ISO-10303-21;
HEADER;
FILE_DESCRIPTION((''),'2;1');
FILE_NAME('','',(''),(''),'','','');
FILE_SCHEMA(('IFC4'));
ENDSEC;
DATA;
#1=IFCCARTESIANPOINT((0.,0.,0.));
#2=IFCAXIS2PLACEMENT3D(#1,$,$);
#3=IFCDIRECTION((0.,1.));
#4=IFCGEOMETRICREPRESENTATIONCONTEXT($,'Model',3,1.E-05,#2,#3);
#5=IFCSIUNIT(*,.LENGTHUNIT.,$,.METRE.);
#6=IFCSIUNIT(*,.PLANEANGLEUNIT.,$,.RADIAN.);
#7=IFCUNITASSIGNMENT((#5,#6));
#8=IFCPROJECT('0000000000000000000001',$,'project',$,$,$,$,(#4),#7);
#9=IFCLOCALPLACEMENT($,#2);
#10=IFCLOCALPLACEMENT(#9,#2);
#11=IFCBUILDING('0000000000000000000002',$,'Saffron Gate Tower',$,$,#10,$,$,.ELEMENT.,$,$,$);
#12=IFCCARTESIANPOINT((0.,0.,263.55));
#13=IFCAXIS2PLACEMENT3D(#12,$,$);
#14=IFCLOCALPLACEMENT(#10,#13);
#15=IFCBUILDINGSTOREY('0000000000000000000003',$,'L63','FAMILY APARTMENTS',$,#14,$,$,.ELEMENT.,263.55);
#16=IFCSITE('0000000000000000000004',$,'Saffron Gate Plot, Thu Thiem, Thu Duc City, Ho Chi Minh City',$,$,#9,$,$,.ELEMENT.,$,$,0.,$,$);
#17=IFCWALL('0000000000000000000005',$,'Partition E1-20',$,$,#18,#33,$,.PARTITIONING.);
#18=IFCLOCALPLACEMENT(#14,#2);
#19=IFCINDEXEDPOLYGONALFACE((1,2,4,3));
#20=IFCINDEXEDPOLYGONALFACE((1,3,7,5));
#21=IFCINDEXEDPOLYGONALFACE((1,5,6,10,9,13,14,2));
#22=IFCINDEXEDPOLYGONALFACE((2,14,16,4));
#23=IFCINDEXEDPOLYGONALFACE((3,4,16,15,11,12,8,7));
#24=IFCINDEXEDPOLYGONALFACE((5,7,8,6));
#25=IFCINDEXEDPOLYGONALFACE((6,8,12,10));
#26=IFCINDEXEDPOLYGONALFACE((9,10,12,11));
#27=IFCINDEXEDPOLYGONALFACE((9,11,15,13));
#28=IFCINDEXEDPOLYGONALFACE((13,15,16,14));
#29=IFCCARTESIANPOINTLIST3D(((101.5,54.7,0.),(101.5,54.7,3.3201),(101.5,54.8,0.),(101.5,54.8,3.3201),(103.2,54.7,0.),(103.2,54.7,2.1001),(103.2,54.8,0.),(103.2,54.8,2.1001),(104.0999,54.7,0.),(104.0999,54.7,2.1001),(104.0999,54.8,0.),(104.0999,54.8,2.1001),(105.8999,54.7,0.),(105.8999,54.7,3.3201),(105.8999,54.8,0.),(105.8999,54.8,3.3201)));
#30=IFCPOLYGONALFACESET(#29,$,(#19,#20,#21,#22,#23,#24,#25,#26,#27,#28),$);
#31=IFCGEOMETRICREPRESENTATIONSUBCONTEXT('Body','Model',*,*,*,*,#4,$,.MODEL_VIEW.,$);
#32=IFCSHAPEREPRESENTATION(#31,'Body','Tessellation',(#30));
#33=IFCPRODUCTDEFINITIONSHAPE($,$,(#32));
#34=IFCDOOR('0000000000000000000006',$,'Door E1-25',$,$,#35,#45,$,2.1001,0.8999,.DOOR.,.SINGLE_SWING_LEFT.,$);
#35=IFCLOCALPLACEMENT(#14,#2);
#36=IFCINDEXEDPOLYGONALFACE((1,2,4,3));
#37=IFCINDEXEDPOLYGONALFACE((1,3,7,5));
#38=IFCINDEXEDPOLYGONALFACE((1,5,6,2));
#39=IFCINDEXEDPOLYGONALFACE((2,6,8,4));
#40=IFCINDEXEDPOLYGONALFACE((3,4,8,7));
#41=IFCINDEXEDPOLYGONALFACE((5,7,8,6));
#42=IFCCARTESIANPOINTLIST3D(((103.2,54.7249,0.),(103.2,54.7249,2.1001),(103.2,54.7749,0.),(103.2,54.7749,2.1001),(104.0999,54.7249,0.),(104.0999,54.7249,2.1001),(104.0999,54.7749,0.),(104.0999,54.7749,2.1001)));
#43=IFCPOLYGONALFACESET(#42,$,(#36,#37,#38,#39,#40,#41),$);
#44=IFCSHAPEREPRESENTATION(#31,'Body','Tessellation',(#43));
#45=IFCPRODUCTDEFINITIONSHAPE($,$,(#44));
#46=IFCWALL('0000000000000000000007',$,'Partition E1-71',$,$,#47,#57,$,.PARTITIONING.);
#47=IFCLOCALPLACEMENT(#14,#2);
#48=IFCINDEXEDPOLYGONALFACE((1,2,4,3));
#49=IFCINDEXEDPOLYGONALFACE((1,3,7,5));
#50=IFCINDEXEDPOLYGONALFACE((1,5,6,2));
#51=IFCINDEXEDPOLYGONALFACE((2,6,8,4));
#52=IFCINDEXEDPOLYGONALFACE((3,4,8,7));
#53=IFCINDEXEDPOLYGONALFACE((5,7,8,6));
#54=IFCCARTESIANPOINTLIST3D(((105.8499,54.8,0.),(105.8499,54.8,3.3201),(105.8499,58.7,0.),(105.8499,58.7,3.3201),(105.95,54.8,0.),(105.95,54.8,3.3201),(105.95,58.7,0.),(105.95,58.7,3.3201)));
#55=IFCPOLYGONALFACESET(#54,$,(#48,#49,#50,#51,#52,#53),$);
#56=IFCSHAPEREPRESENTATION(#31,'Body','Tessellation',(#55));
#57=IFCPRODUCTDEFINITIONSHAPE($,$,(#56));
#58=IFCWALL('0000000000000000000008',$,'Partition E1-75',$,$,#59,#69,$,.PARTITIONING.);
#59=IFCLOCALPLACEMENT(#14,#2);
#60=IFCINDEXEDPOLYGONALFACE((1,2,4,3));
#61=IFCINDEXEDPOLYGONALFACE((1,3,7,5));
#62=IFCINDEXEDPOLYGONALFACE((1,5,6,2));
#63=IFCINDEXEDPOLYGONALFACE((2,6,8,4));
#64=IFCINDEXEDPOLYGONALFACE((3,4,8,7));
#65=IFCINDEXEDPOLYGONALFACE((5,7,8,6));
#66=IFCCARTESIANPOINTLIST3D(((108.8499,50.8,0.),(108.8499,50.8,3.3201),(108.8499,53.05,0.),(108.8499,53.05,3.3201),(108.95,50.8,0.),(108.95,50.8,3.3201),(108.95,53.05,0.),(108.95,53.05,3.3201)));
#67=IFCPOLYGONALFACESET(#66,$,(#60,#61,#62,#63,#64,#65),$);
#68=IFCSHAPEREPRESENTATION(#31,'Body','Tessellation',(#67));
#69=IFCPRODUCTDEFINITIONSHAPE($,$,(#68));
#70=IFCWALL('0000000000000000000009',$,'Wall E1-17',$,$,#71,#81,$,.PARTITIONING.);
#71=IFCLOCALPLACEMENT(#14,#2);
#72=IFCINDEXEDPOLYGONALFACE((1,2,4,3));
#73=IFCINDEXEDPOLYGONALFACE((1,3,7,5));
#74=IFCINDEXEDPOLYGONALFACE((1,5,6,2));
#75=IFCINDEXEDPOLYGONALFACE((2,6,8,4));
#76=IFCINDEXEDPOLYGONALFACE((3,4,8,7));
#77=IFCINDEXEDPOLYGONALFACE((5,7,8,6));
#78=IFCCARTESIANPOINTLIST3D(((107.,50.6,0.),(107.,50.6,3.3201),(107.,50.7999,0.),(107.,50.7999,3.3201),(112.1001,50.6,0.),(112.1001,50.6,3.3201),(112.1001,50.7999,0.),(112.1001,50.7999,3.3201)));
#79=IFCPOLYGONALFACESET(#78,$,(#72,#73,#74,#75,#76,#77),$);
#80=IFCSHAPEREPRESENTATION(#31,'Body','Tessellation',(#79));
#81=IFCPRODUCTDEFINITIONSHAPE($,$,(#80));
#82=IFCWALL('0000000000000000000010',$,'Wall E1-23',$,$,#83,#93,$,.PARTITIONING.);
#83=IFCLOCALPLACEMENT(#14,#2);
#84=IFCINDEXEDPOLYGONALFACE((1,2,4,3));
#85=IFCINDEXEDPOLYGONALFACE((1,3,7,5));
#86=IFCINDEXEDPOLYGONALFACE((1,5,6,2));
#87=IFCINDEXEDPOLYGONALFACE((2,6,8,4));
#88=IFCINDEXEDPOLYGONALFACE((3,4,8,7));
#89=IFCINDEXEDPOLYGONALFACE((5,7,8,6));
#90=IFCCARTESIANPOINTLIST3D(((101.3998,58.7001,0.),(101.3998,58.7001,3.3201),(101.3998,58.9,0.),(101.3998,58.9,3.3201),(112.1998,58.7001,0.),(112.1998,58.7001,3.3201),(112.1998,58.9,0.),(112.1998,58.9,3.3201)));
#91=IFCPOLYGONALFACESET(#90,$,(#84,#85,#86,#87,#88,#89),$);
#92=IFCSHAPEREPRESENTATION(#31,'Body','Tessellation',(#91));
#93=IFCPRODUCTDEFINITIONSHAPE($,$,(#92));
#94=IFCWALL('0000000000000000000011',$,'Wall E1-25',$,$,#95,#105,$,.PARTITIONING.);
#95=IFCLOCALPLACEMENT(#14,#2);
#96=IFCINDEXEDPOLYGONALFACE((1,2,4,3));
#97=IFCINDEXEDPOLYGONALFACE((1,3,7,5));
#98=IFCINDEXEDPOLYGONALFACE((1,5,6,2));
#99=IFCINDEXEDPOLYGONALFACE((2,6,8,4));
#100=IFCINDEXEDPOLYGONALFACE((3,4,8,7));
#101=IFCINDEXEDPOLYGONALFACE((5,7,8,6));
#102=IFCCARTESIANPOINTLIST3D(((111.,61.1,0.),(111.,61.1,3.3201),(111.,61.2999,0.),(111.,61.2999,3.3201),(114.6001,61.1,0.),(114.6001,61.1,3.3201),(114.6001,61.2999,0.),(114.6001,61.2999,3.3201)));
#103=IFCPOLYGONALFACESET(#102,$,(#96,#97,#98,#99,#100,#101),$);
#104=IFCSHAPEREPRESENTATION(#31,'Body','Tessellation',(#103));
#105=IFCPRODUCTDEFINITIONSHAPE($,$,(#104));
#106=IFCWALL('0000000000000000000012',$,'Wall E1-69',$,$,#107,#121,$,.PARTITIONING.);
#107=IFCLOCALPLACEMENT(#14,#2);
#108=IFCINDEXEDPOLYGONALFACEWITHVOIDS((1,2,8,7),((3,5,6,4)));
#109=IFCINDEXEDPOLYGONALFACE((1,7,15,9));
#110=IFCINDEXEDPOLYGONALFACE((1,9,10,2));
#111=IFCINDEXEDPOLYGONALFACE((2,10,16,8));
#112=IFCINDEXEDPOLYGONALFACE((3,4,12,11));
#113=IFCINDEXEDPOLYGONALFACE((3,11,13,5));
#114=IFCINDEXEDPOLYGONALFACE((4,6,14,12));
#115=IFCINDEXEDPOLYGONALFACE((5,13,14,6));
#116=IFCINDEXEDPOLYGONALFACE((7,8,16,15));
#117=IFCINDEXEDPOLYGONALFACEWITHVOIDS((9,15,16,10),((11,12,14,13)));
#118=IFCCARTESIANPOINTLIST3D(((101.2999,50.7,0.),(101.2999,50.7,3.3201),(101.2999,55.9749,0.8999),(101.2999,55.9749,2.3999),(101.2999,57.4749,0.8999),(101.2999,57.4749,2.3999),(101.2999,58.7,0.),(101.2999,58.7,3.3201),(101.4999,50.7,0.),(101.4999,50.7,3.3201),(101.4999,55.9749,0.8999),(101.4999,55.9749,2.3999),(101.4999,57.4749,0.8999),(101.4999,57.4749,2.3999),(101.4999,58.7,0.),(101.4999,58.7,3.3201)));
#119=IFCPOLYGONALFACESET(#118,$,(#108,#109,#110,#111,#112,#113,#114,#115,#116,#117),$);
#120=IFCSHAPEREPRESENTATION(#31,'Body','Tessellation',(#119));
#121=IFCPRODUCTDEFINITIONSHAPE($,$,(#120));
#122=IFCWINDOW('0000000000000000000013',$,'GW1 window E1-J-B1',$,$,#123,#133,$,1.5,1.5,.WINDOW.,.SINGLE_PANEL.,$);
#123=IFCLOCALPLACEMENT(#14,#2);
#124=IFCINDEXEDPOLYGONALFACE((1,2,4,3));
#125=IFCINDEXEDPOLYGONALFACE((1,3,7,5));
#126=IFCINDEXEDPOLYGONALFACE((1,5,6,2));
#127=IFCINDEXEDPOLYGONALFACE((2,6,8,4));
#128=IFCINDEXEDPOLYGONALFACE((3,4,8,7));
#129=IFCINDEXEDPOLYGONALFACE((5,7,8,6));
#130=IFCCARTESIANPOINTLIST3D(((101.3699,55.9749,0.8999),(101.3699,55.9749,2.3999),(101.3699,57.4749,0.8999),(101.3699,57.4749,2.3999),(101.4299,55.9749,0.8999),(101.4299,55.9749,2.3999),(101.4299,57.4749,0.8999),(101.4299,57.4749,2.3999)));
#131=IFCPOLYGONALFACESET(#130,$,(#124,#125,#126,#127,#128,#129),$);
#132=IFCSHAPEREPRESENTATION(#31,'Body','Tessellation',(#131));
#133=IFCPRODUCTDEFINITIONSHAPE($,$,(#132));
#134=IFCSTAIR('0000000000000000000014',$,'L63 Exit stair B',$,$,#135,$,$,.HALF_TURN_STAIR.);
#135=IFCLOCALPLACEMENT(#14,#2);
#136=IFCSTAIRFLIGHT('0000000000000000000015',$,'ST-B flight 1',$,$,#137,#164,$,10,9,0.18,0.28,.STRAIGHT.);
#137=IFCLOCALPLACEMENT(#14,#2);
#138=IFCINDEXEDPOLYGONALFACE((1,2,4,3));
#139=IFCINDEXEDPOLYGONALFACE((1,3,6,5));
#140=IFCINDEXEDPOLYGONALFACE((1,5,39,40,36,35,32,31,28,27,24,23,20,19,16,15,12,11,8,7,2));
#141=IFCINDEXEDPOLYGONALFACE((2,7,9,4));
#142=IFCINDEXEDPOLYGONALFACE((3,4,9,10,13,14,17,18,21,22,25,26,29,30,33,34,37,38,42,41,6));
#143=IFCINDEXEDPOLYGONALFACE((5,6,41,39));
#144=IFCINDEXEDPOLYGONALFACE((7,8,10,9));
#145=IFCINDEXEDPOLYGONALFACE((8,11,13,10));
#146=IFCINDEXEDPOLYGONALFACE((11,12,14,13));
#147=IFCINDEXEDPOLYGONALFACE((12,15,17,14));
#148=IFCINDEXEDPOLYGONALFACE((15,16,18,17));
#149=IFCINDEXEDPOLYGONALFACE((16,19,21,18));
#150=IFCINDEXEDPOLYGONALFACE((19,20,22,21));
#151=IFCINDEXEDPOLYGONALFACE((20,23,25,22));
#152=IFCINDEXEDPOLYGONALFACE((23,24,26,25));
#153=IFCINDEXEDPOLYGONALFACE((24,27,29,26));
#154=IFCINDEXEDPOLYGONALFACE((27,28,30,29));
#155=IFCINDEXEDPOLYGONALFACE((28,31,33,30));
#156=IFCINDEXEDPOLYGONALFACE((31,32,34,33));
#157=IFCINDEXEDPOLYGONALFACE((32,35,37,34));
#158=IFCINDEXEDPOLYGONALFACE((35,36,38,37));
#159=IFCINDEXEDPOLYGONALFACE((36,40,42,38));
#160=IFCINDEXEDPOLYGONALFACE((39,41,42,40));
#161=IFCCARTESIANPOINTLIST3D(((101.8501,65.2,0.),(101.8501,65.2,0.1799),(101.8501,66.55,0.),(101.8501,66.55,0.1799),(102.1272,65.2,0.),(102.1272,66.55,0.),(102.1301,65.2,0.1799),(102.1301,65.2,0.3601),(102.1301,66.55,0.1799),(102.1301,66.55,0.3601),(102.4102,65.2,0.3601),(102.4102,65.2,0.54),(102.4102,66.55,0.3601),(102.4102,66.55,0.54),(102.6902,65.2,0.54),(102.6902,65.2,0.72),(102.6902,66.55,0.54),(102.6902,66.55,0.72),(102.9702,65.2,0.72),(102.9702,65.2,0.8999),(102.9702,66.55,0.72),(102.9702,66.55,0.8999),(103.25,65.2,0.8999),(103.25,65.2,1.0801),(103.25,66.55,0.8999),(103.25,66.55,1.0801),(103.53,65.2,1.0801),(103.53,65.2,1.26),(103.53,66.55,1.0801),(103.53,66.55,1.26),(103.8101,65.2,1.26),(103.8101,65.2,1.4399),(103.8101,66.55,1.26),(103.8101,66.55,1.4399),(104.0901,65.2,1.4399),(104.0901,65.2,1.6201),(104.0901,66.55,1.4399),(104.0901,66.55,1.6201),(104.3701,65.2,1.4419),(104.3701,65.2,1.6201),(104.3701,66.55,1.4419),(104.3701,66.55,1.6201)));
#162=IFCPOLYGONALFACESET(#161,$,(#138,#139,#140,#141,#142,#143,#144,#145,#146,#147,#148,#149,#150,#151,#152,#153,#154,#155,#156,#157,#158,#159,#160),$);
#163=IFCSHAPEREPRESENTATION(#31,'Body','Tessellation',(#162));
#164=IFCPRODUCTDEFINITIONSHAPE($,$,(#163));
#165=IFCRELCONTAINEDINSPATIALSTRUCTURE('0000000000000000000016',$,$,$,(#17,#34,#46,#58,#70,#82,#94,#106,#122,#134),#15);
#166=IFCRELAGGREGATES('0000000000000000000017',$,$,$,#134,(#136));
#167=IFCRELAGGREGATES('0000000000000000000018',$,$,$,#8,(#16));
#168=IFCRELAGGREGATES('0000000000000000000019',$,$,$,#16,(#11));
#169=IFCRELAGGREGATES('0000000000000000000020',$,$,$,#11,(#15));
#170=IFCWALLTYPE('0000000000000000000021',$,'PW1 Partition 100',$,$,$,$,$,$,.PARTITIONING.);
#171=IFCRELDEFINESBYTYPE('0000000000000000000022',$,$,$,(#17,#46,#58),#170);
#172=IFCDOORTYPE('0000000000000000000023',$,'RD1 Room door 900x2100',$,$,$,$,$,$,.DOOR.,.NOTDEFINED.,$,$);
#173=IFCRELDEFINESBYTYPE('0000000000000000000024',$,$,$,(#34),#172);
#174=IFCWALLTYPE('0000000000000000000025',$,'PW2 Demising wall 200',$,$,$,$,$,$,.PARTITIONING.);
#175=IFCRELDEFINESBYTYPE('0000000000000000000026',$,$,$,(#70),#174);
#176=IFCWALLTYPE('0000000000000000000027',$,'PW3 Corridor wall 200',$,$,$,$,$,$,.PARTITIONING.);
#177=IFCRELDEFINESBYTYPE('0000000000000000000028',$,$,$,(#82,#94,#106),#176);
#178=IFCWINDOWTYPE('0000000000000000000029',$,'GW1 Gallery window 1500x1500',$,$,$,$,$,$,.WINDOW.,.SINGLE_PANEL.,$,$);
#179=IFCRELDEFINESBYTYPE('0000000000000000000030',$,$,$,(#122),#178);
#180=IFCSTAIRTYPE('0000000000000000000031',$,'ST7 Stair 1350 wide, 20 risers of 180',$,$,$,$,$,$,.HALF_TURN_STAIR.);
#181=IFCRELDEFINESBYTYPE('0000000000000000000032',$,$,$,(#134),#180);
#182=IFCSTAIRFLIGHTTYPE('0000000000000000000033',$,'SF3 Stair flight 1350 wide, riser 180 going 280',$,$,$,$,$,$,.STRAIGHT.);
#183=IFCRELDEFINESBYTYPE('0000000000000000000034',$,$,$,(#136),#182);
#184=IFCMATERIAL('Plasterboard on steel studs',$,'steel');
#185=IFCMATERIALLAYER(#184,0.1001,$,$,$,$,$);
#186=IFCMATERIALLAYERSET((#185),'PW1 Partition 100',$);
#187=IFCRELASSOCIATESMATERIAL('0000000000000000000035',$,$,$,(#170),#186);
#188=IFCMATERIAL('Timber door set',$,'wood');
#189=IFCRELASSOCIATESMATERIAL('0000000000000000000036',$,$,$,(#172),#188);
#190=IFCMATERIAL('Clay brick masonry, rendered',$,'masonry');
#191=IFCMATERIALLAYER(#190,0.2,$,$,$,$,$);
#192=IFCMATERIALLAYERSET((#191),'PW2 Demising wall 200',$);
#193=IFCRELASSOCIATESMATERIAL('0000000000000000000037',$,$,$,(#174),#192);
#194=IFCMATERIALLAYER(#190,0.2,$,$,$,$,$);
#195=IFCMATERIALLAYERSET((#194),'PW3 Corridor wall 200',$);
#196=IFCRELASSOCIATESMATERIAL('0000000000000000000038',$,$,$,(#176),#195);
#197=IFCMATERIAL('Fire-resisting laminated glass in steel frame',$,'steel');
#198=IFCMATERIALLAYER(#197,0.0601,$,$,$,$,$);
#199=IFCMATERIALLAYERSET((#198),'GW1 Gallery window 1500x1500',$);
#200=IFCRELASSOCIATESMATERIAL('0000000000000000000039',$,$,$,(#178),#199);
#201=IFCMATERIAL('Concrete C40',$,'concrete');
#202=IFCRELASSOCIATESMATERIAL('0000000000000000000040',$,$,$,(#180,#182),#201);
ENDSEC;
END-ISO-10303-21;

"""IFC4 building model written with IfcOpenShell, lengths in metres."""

from ifc_helpers import new_model, si_unit, direction, frame, frame_2d, origin, place, context, subcontext, project, spatial, polyline, rectangle, outline, extrude, material, layer, layer_set, type_object, element, fill, aggregate, save


model = new_model("IFC4")

# Units and contexts
model_context = context("Model", 3, precision=1e-05, world=origin(), true_north=direction((0.0, 1.0)))
body_context = subcontext(model_context, "Body", "Model", "MODEL_VIEW")
ifc_project = project(units=[si_unit("LENGTHUNIT", "METRE"), si_unit("PLANEANGLEUNIT", "RADIAN")], contexts=[model_context])

# Site, building, storey
site_placement = place(None, origin())
site = spatial("IfcSite", under=ifc_project, at=site_placement, Name="Saffron Gate Plot, Thu Thiem, Thu Duc City, Ho Chi Minh City", CompositionType="ELEMENT", RefElevation=0.0)
building_placement = place(site_placement, origin())
building = spatial("IfcBuilding", under=site, at=building_placement, Name="Saffron Gate Tower", CompositionType="ELEMENT")
storey_placement = place(building_placement, frame((0.0, 0.0, 263.55)))
storey = spatial("IfcBuildingStorey", under=building, at=storey_placement, Name="L63", Description="FAMILY APARTMENTS", CompositionType="ELEMENT", Elevation=263.55)

# Shared definitions
ifc_material_1 = material(Name="Concrete C40", Category="concrete")

# Wall, opening, door
ifc_material_2 = material(Name="Plasterboard on steel studs", Category="steel")
ifc_layer_1 = layer(ifc_material_2, 0.1001)
ifc_layer_set_1 = layer_set([ifc_layer_1], Name="PW1 Partition 100")
wall_type_1 = type_object("IfcWallType", Name="PW1 Partition 100", PredefinedType="PARTITIONING", material=ifc_layer_set_1)
wall_1_placement = place(storey_placement, frame((101.5, 54.75, 0.0), z_axis=(0.0, 0.0, 1.0), x_axis=(1.0, 0.0, 0.0)))
wall_1 = element("IfcWall", 1, at=wall_1_placement, inside=storey, type_object=wall_type_1, Name="Partition E1-20", PredefinedType="PARTITIONING", context=body_context, shape_type="SweptSolid", body=[
    extrude(rectangle(XDim=4.3999, YDim=0.1001, at=frame_2d((2.2, 0.0))), origin(), (0.0, 0.0, 1.0), 3.3201),
])
opening_1_placement = place(wall_1_placement, frame((1.7, 0.0, 0.0)))
opening_1 = element("IfcOpeningElement", 2, at=opening_1_placement, cuts=wall_1, PredefinedType="OPENING", context=body_context, shape_type="SweptSolid", body=[
    extrude(rectangle(XDim=0.8999, YDim=2.1001, at=frame_2d((0.45, 1.05))), frame((0.0, 0.0601, 0.0), z_axis=(0.0, -1.0, 0.0), x_axis=(1.0, 0.0, 0.0)), (0.0, 0.0, 1.0), 0.1201),
])
ifc_material_3 = material(Name="Timber door set", Category="wood")
door_type_1 = type_object("IfcDoorType", Name="RD1 Room door 900x2100", OperationType="NOTDEFINED", PredefinedType="DOOR", material=ifc_material_3)
door_1_placement = place(opening_1_placement, origin())
door_1 = element("IfcDoor", 3, at=door_1_placement, inside=storey, type_object=door_type_1, Name="Door E1-25", OperationType="SINGLE_SWING_LEFT", OverallHeight=2.1001, OverallWidth=0.8999, PredefinedType="DOOR", context=body_context, shape_type="SweptSolid", body=[
    extrude(rectangle(XDim=0.8999, YDim=2.1001, at=frame_2d((0.45, 1.05))), frame((0.0, 0.0249, 0.0), z_axis=(0.0, -1.0, 0.0), x_axis=(1.0, 0.0, 0.0)), (0.0, 0.0, 1.0), 0.05),
])
fill(opening_1, door_1)

# Walls
wall_2_placement = place(storey_placement, frame((105.8999, 58.7, 0.0), z_axis=(0.0, 0.0, 1.0), x_axis=(0.0, -1.0, 0.0)))
element("IfcWall", 4, at=wall_2_placement, inside=storey, type_object=wall_type_1, Name="Partition E1-71", PredefinedType="PARTITIONING", context=body_context, shape_type="SweptSolid", body=[
    extrude(rectangle(XDim=3.8999, YDim=0.1001, at=frame_2d((1.95, 0.0))), origin(), (0.0, 0.0, 1.0), 3.3201),
])
wall_3_placement = place(storey_placement, frame((108.8999, 53.05, 0.0), z_axis=(0.0, 0.0, 1.0), x_axis=(0.0, -1.0, 0.0)))
element("IfcWall", 5, at=wall_3_placement, inside=storey, type_object=wall_type_1, Name="Partition E1-75", PredefinedType="PARTITIONING", context=body_context, shape_type="SweptSolid", body=[
    extrude(rectangle(XDim=2.25, YDim=0.1001, at=frame_2d((1.125, 0.0))), origin(), (0.0, 0.0, 1.0), 3.3201),
])
ifc_material_4 = material(Name="Clay brick masonry, rendered", Category="masonry")
ifc_layer_2 = layer(ifc_material_4, 0.2)
ifc_layer_set_2 = layer_set([ifc_layer_2], Name="PW2 Demising wall 200")
wall_type_2 = type_object("IfcWallType", Name="PW2 Demising wall 200", PredefinedType="PARTITIONING", material=ifc_layer_set_2)
wall_4_placement = place(storey_placement, frame((107.0, 50.7, 0.0), z_axis=(0.0, 0.0, 1.0), x_axis=(1.0, 0.0, 0.0)))
element("IfcWall", 6, at=wall_4_placement, inside=storey, type_object=wall_type_2, Name="Wall E1-17", PredefinedType="PARTITIONING", context=body_context, shape_type="SweptSolid", body=[
    extrude(rectangle(XDim=5.1001, YDim=0.2, at=frame_2d((2.55, 0.0))), origin(), (0.0, 0.0, 1.0), 3.3201),
])
ifc_layer_3 = layer(ifc_material_4, 0.2)
ifc_layer_set_3 = layer_set([ifc_layer_3], Name="PW3 Corridor wall 200")
wall_type_3 = type_object("IfcWallType", Name="PW3 Corridor wall 200", PredefinedType="PARTITIONING", material=ifc_layer_set_3)
wall_5_placement = place(storey_placement, frame((101.3999, 58.8, 0.0), z_axis=(0.0, 0.0, 1.0), x_axis=(1.0, 0.0, 0.0)))
element("IfcWall", 7, at=wall_5_placement, inside=storey, type_object=wall_type_3, Name="Wall E1-23", PredefinedType="PARTITIONING", context=body_context, shape_type="SweptSolid", body=[
    extrude(rectangle(XDim=10.8, YDim=0.2, at=frame_2d((5.3999, 0.0))), origin(), (0.0, 0.0, 1.0), 3.3201),
])
wall_6_placement = place(storey_placement, frame((111.0, 61.2, 0.0), z_axis=(0.0, 0.0, 1.0), x_axis=(1.0, 0.0, 0.0)))
element("IfcWall", 8, at=wall_6_placement, inside=storey, type_object=wall_type_3, Name="Wall E1-25", PredefinedType="PARTITIONING", context=body_context, shape_type="SweptSolid", body=[
    extrude(rectangle(XDim=3.6001, YDim=0.2, at=frame_2d((1.8, 0.0))), origin(), (0.0, 0.0, 1.0), 3.3201),
])

# Wall, opening, window
wall_7_placement = place(storey_placement, frame((101.3999, 58.7, 0.0), z_axis=(0.0, 0.0, 1.0), x_axis=(0.0, -1.0, 0.0)))
wall_7 = element("IfcWall", 9, at=wall_7_placement, inside=storey, type_object=wall_type_3, Name="Wall E1-69", PredefinedType="PARTITIONING", context=body_context, shape_type="SweptSolid", body=[
    extrude(rectangle(XDim=8.0, YDim=0.2, at=frame_2d((4.0, 0.0))), origin(), (0.0, 0.0, 1.0), 3.3201),
])
opening_2_placement = place(wall_7_placement, frame((1.2251, 0.0, 0.8999)))
opening_2 = element("IfcOpeningElement", 10, at=opening_2_placement, cuts=wall_7, PredefinedType="OPENING", context=body_context, shape_type="SweptSolid", body=[
    extrude(rectangle(XDim=1.5, YDim=1.5, at=frame_2d((0.75, 0.75))), frame((0.0, 0.1099, 0.0), z_axis=(0.0, -1.0, 0.0), x_axis=(1.0, 0.0, 0.0)), (0.0, 0.0, 1.0), 0.22),
])
ifc_material_5 = material(Name="Fire-resisting laminated glass in steel frame", Category="steel")
ifc_layer_4 = layer(ifc_material_5, 0.0601)
ifc_layer_set_4 = layer_set([ifc_layer_4], Name="GW1 Gallery window 1500x1500")
window_type = type_object("IfcWindowType", Name="GW1 Gallery window 1500x1500", PartitioningType="SINGLE_PANEL", PredefinedType="WINDOW", material=ifc_layer_set_4)
window_placement = place(opening_2_placement, origin())
window = element("IfcWindow", 11, at=window_placement, inside=storey, type_object=window_type, Name="GW1 window E1-J-B1", OverallHeight=1.5, OverallWidth=1.5, PartitioningType="SINGLE_PANEL", PredefinedType="WINDOW", context=body_context, shape_type="SweptSolid", body=[
    extrude(rectangle(XDim=1.5, YDim=1.5, at=frame_2d((0.75, 0.75))), frame((0.0, 0.03, 0.0), z_axis=(0.0, -1.0, 0.0), x_axis=(1.0, 0.0, 0.0)), (0.0, 0.0, 1.0), 0.0601),
])
fill(opening_2, window)

# Stair, stair flight
stair_type = type_object("IfcStairType", Name="ST7 Stair 1350 wide, 20 risers of 180", PredefinedType="HALF_TURN_STAIR", material=ifc_material_1)
stair_placement = place(storey_placement, origin())
stair = element("IfcStair", 12, at=stair_placement, inside=storey, type_object=stair_type, Name="L63 Exit stair B", PredefinedType="HALF_TURN_STAIR")
stair_flight_type = type_object("IfcStairFlightType", Name="SF3 Stair flight 1350 wide, riser 180 going 280", PredefinedType="STRAIGHT", material=ifc_material_1)
stair_flight_1_placement = place(storey_placement, frame((101.8501, 65.875, 0.0), z_axis=(0.0, 0.0, 1.0), x_axis=(1.0, 0.0, 0.0)))
stair_flight_1 = element("IfcStairFlight", 13, at=stair_flight_1_placement, type_object=stair_flight_type, Name="ST-B flight 1", NumberOfRisers=10, NumberOfTreads=9, PredefinedType="STRAIGHT", RiserHeight=0.18, TreadLength=0.28, context=body_context, shape_type="SweptSolid", body=[
    extrude(outline(polyline([(0.0, 0.0), (0.0, 0.1799), (0.28, 0.1799), (0.28, 0.3601), (0.5601, 0.3601), (0.5601, 0.54), (0.8401, 0.54), (0.8401, 0.72), (1.1201, 0.72), (1.1201, 0.8999), (1.3999, 0.8999), (1.3999, 1.0801), (1.6799, 1.0801), (1.6799, 1.26), (1.96, 1.26), (1.96, 1.4399), (2.24, 1.4399), (2.24, 1.6201), (2.52, 1.6201), (2.52, 1.8), (2.52, 1.4419), (0.2771, 0.0), (0.0, 0.0)])), frame((0.0, 0.675, 0.0), z_axis=(0.0, -1.0, 0.0), x_axis=(1.0, 0.0, 0.0)), (0.0, 0.0, 1.0), 1.3501),
])
aggregate(stair, [stair_flight_1])

save(model, "model.ifc")
